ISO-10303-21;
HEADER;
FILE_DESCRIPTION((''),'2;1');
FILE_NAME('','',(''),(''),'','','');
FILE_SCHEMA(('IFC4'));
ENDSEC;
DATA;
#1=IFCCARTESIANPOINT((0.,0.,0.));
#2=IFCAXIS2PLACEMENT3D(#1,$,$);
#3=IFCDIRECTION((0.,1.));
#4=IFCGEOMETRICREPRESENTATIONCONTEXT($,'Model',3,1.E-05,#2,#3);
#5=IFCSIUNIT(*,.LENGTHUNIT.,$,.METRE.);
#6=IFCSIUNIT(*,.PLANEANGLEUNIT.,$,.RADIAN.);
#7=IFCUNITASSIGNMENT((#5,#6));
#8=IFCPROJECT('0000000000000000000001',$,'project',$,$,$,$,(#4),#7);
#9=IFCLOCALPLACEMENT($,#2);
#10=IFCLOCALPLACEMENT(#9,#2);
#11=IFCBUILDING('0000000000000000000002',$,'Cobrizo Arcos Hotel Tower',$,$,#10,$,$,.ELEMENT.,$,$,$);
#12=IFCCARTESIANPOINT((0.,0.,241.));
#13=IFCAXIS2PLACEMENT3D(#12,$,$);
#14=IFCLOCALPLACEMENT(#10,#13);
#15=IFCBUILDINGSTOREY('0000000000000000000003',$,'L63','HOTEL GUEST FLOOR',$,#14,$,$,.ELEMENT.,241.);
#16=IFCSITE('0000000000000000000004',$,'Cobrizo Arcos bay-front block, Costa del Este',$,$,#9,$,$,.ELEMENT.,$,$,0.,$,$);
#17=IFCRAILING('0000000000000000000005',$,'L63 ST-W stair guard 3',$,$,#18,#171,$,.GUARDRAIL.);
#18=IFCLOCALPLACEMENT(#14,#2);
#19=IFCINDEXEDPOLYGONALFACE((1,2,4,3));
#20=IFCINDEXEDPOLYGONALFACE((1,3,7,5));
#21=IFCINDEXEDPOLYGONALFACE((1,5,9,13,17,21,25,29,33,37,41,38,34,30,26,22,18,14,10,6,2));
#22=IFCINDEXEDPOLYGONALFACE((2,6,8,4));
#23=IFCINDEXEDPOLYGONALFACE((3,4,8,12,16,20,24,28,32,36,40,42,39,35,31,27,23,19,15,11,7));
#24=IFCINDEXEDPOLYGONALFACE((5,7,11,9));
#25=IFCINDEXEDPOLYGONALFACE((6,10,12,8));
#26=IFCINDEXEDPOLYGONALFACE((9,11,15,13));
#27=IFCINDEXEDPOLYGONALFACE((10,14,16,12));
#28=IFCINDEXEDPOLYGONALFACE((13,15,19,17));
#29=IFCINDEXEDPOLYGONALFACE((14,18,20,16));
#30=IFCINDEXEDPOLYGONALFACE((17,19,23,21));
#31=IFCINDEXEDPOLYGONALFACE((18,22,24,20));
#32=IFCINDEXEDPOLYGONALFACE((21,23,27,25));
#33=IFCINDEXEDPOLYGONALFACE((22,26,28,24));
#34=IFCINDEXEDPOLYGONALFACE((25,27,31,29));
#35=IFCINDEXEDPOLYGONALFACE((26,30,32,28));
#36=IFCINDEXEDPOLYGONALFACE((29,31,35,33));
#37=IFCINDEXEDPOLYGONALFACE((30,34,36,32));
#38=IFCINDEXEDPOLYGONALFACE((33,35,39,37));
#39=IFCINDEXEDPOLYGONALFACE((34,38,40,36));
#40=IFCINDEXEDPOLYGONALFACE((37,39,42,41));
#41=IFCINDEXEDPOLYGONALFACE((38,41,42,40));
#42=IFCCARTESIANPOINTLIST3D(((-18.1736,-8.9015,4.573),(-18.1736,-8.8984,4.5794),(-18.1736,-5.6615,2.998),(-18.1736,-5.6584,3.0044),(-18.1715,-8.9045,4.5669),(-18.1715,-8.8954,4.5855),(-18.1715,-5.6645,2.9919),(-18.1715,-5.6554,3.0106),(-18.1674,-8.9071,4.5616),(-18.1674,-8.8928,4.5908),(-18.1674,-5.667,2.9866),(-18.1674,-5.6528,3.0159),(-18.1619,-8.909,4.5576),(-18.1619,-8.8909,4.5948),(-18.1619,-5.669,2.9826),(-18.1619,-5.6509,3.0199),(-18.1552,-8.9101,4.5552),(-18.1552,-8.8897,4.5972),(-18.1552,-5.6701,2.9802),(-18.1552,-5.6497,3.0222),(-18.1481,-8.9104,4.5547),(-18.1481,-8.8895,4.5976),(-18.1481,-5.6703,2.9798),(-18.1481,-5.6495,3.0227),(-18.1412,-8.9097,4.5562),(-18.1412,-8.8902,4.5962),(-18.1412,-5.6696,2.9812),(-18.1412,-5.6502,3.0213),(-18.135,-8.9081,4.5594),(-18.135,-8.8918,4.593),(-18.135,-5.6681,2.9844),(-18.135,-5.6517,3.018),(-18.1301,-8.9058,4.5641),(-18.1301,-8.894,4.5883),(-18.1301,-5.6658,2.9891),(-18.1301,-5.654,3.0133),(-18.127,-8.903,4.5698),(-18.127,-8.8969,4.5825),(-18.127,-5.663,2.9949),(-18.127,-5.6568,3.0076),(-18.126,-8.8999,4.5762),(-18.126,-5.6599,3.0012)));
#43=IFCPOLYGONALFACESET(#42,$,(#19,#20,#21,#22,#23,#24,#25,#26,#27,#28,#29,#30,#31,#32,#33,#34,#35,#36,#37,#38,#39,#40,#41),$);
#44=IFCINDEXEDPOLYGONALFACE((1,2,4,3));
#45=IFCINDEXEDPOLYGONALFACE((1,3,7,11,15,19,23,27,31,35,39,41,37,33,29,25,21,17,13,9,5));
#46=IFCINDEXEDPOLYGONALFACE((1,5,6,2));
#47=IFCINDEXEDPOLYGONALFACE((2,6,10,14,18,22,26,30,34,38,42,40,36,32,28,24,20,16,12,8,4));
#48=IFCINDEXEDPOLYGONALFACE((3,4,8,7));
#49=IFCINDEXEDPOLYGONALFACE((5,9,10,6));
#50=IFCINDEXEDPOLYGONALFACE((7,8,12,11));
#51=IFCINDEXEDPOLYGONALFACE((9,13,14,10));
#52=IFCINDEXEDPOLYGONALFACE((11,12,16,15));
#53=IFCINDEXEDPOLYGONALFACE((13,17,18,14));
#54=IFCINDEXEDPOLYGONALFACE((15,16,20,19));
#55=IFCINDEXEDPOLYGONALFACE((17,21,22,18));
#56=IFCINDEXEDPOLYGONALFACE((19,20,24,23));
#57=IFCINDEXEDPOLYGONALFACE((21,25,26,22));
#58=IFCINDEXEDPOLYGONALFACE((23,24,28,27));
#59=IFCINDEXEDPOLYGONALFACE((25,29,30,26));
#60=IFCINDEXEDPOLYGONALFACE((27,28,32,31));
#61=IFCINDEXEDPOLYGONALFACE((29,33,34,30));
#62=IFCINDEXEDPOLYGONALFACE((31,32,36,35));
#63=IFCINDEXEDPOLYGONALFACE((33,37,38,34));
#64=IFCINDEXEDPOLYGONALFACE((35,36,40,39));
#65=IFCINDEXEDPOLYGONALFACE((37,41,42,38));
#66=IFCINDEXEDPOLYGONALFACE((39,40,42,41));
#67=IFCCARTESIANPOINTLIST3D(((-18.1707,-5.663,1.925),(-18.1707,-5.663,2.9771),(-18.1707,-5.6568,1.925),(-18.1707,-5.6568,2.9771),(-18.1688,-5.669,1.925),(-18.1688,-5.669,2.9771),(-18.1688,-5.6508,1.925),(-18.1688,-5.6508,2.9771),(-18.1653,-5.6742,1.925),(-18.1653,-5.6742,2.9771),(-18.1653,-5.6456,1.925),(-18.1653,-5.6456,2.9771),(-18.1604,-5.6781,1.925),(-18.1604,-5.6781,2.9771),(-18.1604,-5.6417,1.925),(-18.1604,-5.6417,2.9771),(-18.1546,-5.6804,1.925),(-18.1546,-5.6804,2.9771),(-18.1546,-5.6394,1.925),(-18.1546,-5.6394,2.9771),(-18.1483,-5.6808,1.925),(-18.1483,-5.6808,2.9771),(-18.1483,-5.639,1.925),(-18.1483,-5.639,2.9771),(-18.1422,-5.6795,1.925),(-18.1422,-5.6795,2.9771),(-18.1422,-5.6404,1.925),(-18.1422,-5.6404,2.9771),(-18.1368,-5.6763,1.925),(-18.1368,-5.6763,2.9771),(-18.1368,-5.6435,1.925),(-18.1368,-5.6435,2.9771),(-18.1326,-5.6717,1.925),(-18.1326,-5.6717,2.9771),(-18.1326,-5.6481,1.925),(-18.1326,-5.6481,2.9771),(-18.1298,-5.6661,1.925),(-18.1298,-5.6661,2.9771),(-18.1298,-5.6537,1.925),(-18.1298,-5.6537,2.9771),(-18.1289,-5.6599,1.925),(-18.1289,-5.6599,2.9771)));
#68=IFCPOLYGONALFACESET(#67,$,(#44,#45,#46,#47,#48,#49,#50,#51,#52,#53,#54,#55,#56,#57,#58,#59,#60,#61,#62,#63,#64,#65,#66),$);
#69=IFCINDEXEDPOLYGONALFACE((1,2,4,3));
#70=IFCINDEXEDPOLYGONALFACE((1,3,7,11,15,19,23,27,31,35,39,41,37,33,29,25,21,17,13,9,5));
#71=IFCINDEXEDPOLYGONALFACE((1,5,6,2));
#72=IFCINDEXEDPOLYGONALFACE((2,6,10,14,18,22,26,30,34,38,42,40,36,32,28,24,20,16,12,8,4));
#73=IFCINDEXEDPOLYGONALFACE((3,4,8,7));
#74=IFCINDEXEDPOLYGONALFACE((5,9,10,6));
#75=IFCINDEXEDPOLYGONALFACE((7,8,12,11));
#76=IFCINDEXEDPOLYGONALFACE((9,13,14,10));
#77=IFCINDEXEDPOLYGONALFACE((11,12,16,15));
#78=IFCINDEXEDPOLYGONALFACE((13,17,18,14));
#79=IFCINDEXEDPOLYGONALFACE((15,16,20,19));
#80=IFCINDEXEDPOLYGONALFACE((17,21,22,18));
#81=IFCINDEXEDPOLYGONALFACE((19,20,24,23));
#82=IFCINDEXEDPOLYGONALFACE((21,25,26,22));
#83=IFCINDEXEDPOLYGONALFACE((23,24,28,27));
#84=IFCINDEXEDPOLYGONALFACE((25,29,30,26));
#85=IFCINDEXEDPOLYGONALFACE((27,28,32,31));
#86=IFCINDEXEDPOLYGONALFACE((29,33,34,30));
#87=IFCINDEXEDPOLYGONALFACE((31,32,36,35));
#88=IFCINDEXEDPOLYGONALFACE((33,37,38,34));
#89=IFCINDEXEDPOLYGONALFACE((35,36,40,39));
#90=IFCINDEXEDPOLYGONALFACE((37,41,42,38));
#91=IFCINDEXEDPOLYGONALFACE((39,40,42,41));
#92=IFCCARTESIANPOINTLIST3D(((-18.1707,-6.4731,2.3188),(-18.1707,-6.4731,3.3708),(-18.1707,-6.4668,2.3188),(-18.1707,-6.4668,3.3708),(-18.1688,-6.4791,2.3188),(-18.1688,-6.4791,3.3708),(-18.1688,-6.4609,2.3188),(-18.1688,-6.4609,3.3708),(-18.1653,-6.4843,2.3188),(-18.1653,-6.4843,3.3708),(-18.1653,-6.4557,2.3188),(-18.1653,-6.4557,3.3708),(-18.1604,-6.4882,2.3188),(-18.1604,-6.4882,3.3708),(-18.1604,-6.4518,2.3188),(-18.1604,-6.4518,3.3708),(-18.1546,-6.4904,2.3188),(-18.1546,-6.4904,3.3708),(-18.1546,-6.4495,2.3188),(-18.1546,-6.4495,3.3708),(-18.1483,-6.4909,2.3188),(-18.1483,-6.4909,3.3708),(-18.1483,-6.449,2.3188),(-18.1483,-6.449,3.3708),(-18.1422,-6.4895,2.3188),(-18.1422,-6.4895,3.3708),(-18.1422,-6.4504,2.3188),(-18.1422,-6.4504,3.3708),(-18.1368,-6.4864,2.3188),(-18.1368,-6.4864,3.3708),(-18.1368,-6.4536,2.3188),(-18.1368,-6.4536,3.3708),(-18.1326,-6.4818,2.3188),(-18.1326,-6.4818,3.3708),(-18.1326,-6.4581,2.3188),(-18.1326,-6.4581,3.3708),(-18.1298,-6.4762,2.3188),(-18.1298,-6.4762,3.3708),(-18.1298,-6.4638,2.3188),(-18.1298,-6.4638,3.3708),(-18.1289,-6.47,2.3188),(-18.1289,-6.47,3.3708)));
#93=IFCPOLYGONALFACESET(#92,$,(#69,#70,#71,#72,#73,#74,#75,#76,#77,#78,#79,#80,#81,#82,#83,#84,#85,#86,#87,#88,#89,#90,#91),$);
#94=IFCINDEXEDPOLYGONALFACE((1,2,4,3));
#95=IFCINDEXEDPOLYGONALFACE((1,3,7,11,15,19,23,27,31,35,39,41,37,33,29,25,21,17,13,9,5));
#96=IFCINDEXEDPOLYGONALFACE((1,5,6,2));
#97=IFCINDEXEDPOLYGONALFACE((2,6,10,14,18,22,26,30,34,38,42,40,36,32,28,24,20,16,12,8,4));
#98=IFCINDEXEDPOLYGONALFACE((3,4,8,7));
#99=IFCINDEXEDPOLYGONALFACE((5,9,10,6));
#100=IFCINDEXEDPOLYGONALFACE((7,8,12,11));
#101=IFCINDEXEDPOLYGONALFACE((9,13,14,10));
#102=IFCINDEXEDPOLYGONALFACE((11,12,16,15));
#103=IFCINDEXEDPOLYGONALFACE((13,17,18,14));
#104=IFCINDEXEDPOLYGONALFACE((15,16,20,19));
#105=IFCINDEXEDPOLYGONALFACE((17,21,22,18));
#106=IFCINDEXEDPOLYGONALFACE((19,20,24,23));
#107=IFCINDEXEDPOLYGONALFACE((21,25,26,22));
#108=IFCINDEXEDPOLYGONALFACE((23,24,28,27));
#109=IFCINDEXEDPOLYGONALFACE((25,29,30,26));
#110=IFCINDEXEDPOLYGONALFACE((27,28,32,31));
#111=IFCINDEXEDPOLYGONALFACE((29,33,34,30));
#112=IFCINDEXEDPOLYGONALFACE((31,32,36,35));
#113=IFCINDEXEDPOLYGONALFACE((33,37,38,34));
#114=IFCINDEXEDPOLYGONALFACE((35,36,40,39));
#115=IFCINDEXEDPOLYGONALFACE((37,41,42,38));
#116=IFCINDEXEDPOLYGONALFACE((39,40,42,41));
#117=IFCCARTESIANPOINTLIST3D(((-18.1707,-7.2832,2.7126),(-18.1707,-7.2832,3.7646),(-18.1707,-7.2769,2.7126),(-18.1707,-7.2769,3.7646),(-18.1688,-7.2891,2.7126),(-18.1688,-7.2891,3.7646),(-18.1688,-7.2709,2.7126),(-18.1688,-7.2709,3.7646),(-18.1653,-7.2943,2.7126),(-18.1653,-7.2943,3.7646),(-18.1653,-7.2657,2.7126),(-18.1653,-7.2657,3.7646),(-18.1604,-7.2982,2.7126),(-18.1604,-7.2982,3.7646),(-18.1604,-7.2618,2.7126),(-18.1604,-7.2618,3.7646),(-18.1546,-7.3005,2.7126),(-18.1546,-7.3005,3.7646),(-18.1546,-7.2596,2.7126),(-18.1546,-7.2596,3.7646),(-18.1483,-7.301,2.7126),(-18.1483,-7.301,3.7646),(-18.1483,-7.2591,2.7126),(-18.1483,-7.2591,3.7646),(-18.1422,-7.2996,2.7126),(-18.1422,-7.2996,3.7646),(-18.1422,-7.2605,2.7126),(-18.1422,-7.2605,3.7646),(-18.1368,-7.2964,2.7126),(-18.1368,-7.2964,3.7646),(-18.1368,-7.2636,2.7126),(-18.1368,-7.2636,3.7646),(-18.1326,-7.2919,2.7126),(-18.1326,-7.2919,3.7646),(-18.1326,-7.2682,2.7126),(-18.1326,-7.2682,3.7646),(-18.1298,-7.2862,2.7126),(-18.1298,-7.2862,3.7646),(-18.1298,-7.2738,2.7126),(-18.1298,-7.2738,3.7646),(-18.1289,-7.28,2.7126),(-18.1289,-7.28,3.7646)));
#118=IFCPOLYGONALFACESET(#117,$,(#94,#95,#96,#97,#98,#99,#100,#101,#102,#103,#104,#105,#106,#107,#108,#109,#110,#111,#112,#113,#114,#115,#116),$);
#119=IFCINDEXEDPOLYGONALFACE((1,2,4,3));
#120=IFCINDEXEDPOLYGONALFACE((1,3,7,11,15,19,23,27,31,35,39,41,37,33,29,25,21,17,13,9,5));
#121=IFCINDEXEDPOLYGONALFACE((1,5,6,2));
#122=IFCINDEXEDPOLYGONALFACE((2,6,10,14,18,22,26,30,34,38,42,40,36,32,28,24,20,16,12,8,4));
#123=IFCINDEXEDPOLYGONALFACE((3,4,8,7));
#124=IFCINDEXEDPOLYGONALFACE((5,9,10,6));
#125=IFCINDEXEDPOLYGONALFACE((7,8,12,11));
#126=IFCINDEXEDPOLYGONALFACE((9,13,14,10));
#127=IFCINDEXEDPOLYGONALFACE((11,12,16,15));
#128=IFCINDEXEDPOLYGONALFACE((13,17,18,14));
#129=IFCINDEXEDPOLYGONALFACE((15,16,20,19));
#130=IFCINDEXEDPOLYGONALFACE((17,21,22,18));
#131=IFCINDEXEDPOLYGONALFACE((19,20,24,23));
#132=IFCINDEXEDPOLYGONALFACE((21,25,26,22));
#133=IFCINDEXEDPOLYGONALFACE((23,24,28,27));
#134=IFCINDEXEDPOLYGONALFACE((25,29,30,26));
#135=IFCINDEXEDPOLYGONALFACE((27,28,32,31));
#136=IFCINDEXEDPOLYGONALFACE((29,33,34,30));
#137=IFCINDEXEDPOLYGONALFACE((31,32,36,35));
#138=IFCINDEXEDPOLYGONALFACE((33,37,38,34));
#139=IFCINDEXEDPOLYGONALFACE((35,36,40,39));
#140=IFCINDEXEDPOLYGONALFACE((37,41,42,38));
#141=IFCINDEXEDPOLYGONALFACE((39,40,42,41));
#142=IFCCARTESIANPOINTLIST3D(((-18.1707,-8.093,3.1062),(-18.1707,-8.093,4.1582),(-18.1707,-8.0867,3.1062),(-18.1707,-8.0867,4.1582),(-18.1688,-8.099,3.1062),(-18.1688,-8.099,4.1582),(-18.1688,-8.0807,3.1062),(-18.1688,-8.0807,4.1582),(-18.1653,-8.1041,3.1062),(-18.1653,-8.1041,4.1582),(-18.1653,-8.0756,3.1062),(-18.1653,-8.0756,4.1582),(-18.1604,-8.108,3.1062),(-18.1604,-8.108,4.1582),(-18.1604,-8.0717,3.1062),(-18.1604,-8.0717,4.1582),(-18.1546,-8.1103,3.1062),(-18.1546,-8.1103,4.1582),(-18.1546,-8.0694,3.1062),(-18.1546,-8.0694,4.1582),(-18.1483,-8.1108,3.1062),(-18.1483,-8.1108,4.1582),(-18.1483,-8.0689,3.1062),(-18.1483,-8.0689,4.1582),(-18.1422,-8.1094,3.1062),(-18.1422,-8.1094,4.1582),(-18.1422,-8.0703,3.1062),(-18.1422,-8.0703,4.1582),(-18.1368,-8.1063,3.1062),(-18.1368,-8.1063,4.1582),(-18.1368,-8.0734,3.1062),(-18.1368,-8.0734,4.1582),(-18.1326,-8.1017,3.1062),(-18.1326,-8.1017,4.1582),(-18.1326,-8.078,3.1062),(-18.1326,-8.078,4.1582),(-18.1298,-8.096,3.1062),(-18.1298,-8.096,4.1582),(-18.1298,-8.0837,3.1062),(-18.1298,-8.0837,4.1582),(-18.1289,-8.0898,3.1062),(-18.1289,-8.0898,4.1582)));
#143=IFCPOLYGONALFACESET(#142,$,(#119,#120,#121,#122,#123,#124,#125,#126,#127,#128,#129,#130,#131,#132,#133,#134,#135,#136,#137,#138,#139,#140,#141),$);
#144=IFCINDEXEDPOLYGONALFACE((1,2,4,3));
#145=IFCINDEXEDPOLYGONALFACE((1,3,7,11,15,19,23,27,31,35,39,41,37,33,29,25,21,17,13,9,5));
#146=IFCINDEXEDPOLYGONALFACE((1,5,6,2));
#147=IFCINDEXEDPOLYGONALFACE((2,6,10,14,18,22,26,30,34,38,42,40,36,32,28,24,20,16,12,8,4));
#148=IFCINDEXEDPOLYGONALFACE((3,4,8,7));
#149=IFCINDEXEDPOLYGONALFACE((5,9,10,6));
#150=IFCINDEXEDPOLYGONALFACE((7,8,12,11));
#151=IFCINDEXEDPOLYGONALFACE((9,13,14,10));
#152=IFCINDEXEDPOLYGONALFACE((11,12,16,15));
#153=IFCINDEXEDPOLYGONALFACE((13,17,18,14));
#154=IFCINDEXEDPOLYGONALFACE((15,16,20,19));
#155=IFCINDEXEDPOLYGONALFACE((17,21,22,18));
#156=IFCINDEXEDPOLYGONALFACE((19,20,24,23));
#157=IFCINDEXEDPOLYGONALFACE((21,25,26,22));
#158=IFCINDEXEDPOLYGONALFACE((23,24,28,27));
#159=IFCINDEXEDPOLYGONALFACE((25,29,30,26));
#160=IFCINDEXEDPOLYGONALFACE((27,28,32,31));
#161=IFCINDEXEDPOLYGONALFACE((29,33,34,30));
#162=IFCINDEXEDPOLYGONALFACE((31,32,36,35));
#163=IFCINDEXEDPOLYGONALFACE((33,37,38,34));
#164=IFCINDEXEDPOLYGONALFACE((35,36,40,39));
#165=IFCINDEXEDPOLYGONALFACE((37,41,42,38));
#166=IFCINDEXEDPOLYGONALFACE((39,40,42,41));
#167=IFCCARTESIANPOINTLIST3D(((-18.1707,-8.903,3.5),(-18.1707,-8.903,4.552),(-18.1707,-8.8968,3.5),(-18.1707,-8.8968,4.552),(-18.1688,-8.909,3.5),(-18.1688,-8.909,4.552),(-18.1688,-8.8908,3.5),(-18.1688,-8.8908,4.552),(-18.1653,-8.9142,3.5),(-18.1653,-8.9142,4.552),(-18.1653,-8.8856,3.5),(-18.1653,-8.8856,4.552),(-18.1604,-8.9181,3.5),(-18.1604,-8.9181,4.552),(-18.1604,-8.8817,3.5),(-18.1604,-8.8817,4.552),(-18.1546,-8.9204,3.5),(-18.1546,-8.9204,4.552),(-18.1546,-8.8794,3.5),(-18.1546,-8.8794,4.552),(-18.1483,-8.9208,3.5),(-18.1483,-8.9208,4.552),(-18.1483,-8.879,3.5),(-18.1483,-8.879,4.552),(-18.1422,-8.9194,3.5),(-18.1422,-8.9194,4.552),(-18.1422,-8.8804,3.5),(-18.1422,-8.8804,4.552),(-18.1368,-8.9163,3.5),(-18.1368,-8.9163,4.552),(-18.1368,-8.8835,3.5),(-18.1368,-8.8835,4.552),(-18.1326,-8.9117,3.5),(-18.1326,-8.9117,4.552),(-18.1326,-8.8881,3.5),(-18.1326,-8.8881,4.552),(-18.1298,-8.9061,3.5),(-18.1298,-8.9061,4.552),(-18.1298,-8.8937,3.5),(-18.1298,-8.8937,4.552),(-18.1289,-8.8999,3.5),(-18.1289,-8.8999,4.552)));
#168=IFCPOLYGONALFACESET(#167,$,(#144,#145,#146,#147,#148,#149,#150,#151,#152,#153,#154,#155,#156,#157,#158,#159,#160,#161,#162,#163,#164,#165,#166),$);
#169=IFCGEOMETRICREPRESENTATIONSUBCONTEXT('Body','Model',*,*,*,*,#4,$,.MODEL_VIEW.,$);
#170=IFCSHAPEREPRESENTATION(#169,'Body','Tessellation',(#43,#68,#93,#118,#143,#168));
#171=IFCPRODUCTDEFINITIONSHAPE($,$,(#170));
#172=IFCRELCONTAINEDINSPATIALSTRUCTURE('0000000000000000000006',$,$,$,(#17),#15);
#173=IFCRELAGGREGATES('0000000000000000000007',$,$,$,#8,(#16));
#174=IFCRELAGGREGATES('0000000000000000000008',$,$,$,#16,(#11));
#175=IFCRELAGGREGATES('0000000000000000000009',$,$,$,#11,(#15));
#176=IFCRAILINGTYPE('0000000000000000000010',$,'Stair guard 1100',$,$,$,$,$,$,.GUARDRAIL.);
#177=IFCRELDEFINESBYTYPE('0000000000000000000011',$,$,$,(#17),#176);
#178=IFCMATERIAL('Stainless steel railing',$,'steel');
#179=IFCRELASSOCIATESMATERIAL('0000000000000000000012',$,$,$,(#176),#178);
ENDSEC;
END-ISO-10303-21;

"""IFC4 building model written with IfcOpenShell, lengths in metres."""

from ifc_helpers import new_model, si_unit, direction, frame, origin, origin_2d, place, context, subcontext, project, spatial, circle, extrude, material, type_object, element, save


model = new_model("IFC4")

# Units and contexts
model_context = context("Model", 3, precision=1e-05, world=origin(), true_north=direction((0.0, 1.0)))
body_context = subcontext(model_context, "Body", "Model", "MODEL_VIEW")
ifc_project = project(units=[si_unit("LENGTHUNIT", "METRE"), si_unit("PLANEANGLEUNIT", "RADIAN")], contexts=[model_context])

# Site, building, storey
site_placement = place(None, origin())
site = spatial("IfcSite", under=ifc_project, at=site_placement, Name="Cobrizo Arcos bay-front block, Costa del Este", CompositionType="ELEMENT", RefElevation=0.0)
building_placement = place(site_placement, origin())
building = spatial("IfcBuilding", under=site, at=building_placement, Name="Cobrizo Arcos Hotel Tower", CompositionType="ELEMENT")
storey_placement = place(building_placement, frame((0.0, 0.0, 241.0)))
storey = spatial("IfcBuildingStorey", under=building, at=storey_placement, Name="L63", Description="HOTEL GUEST FLOOR", CompositionType="ELEMENT", Elevation=241.0)

# Railing
ifc_material_1 = material(Name="Stainless steel railing", Category="steel")
railing_type_1 = type_object("IfcRailingType", Name="Stair guard 1100", PredefinedType="GUARDRAIL", material=ifc_material_1)
railing_1_placement = place(storey_placement, frame((-18.1499, -5.6599, 1.925)))
element("IfcRailing", 1, at=railing_1_placement, inside=storey, type_object=railing_type_1, Name="L63 ST-W stair guard 3", PredefinedType="GUARDRAIL", context=body_context, shape_type="SweptSolid", body=[
    extrude(circle(Radius=0.0239, at=origin_2d()), frame((0.0, 0.0, 1.0762), z_axis=(0.0, -0.899373, 0.437183), x_axis=(1.0, 0.0, 0.0)), (0.0, 0.0, 1.0), 3.6025),
    extrude(circle(Radius=0.021, at=origin_2d()), origin(), (0.0, 0.0, 1.0), 1.052),
    extrude(circle(Radius=0.021, at=origin_2d()), frame((0.0, -0.8101, 0.3938)), (0.0, 0.0, 1.0), 1.052),
    extrude(circle(Radius=0.021, at=origin_2d()), frame((0.0, -1.6201, 0.7876)), (0.0, 0.0, 1.0), 1.052),
    extrude(circle(Radius=0.021, at=origin_2d()), frame((0.0, -2.4299, 1.1812)), (0.0, 0.0, 1.0), 1.052),
    extrude(circle(Radius=0.021, at=origin_2d()), frame((0.0, -3.24, 1.575)), (0.0, 0.0, 1.0), 1.052),
])

save(model, "model.ifc")
